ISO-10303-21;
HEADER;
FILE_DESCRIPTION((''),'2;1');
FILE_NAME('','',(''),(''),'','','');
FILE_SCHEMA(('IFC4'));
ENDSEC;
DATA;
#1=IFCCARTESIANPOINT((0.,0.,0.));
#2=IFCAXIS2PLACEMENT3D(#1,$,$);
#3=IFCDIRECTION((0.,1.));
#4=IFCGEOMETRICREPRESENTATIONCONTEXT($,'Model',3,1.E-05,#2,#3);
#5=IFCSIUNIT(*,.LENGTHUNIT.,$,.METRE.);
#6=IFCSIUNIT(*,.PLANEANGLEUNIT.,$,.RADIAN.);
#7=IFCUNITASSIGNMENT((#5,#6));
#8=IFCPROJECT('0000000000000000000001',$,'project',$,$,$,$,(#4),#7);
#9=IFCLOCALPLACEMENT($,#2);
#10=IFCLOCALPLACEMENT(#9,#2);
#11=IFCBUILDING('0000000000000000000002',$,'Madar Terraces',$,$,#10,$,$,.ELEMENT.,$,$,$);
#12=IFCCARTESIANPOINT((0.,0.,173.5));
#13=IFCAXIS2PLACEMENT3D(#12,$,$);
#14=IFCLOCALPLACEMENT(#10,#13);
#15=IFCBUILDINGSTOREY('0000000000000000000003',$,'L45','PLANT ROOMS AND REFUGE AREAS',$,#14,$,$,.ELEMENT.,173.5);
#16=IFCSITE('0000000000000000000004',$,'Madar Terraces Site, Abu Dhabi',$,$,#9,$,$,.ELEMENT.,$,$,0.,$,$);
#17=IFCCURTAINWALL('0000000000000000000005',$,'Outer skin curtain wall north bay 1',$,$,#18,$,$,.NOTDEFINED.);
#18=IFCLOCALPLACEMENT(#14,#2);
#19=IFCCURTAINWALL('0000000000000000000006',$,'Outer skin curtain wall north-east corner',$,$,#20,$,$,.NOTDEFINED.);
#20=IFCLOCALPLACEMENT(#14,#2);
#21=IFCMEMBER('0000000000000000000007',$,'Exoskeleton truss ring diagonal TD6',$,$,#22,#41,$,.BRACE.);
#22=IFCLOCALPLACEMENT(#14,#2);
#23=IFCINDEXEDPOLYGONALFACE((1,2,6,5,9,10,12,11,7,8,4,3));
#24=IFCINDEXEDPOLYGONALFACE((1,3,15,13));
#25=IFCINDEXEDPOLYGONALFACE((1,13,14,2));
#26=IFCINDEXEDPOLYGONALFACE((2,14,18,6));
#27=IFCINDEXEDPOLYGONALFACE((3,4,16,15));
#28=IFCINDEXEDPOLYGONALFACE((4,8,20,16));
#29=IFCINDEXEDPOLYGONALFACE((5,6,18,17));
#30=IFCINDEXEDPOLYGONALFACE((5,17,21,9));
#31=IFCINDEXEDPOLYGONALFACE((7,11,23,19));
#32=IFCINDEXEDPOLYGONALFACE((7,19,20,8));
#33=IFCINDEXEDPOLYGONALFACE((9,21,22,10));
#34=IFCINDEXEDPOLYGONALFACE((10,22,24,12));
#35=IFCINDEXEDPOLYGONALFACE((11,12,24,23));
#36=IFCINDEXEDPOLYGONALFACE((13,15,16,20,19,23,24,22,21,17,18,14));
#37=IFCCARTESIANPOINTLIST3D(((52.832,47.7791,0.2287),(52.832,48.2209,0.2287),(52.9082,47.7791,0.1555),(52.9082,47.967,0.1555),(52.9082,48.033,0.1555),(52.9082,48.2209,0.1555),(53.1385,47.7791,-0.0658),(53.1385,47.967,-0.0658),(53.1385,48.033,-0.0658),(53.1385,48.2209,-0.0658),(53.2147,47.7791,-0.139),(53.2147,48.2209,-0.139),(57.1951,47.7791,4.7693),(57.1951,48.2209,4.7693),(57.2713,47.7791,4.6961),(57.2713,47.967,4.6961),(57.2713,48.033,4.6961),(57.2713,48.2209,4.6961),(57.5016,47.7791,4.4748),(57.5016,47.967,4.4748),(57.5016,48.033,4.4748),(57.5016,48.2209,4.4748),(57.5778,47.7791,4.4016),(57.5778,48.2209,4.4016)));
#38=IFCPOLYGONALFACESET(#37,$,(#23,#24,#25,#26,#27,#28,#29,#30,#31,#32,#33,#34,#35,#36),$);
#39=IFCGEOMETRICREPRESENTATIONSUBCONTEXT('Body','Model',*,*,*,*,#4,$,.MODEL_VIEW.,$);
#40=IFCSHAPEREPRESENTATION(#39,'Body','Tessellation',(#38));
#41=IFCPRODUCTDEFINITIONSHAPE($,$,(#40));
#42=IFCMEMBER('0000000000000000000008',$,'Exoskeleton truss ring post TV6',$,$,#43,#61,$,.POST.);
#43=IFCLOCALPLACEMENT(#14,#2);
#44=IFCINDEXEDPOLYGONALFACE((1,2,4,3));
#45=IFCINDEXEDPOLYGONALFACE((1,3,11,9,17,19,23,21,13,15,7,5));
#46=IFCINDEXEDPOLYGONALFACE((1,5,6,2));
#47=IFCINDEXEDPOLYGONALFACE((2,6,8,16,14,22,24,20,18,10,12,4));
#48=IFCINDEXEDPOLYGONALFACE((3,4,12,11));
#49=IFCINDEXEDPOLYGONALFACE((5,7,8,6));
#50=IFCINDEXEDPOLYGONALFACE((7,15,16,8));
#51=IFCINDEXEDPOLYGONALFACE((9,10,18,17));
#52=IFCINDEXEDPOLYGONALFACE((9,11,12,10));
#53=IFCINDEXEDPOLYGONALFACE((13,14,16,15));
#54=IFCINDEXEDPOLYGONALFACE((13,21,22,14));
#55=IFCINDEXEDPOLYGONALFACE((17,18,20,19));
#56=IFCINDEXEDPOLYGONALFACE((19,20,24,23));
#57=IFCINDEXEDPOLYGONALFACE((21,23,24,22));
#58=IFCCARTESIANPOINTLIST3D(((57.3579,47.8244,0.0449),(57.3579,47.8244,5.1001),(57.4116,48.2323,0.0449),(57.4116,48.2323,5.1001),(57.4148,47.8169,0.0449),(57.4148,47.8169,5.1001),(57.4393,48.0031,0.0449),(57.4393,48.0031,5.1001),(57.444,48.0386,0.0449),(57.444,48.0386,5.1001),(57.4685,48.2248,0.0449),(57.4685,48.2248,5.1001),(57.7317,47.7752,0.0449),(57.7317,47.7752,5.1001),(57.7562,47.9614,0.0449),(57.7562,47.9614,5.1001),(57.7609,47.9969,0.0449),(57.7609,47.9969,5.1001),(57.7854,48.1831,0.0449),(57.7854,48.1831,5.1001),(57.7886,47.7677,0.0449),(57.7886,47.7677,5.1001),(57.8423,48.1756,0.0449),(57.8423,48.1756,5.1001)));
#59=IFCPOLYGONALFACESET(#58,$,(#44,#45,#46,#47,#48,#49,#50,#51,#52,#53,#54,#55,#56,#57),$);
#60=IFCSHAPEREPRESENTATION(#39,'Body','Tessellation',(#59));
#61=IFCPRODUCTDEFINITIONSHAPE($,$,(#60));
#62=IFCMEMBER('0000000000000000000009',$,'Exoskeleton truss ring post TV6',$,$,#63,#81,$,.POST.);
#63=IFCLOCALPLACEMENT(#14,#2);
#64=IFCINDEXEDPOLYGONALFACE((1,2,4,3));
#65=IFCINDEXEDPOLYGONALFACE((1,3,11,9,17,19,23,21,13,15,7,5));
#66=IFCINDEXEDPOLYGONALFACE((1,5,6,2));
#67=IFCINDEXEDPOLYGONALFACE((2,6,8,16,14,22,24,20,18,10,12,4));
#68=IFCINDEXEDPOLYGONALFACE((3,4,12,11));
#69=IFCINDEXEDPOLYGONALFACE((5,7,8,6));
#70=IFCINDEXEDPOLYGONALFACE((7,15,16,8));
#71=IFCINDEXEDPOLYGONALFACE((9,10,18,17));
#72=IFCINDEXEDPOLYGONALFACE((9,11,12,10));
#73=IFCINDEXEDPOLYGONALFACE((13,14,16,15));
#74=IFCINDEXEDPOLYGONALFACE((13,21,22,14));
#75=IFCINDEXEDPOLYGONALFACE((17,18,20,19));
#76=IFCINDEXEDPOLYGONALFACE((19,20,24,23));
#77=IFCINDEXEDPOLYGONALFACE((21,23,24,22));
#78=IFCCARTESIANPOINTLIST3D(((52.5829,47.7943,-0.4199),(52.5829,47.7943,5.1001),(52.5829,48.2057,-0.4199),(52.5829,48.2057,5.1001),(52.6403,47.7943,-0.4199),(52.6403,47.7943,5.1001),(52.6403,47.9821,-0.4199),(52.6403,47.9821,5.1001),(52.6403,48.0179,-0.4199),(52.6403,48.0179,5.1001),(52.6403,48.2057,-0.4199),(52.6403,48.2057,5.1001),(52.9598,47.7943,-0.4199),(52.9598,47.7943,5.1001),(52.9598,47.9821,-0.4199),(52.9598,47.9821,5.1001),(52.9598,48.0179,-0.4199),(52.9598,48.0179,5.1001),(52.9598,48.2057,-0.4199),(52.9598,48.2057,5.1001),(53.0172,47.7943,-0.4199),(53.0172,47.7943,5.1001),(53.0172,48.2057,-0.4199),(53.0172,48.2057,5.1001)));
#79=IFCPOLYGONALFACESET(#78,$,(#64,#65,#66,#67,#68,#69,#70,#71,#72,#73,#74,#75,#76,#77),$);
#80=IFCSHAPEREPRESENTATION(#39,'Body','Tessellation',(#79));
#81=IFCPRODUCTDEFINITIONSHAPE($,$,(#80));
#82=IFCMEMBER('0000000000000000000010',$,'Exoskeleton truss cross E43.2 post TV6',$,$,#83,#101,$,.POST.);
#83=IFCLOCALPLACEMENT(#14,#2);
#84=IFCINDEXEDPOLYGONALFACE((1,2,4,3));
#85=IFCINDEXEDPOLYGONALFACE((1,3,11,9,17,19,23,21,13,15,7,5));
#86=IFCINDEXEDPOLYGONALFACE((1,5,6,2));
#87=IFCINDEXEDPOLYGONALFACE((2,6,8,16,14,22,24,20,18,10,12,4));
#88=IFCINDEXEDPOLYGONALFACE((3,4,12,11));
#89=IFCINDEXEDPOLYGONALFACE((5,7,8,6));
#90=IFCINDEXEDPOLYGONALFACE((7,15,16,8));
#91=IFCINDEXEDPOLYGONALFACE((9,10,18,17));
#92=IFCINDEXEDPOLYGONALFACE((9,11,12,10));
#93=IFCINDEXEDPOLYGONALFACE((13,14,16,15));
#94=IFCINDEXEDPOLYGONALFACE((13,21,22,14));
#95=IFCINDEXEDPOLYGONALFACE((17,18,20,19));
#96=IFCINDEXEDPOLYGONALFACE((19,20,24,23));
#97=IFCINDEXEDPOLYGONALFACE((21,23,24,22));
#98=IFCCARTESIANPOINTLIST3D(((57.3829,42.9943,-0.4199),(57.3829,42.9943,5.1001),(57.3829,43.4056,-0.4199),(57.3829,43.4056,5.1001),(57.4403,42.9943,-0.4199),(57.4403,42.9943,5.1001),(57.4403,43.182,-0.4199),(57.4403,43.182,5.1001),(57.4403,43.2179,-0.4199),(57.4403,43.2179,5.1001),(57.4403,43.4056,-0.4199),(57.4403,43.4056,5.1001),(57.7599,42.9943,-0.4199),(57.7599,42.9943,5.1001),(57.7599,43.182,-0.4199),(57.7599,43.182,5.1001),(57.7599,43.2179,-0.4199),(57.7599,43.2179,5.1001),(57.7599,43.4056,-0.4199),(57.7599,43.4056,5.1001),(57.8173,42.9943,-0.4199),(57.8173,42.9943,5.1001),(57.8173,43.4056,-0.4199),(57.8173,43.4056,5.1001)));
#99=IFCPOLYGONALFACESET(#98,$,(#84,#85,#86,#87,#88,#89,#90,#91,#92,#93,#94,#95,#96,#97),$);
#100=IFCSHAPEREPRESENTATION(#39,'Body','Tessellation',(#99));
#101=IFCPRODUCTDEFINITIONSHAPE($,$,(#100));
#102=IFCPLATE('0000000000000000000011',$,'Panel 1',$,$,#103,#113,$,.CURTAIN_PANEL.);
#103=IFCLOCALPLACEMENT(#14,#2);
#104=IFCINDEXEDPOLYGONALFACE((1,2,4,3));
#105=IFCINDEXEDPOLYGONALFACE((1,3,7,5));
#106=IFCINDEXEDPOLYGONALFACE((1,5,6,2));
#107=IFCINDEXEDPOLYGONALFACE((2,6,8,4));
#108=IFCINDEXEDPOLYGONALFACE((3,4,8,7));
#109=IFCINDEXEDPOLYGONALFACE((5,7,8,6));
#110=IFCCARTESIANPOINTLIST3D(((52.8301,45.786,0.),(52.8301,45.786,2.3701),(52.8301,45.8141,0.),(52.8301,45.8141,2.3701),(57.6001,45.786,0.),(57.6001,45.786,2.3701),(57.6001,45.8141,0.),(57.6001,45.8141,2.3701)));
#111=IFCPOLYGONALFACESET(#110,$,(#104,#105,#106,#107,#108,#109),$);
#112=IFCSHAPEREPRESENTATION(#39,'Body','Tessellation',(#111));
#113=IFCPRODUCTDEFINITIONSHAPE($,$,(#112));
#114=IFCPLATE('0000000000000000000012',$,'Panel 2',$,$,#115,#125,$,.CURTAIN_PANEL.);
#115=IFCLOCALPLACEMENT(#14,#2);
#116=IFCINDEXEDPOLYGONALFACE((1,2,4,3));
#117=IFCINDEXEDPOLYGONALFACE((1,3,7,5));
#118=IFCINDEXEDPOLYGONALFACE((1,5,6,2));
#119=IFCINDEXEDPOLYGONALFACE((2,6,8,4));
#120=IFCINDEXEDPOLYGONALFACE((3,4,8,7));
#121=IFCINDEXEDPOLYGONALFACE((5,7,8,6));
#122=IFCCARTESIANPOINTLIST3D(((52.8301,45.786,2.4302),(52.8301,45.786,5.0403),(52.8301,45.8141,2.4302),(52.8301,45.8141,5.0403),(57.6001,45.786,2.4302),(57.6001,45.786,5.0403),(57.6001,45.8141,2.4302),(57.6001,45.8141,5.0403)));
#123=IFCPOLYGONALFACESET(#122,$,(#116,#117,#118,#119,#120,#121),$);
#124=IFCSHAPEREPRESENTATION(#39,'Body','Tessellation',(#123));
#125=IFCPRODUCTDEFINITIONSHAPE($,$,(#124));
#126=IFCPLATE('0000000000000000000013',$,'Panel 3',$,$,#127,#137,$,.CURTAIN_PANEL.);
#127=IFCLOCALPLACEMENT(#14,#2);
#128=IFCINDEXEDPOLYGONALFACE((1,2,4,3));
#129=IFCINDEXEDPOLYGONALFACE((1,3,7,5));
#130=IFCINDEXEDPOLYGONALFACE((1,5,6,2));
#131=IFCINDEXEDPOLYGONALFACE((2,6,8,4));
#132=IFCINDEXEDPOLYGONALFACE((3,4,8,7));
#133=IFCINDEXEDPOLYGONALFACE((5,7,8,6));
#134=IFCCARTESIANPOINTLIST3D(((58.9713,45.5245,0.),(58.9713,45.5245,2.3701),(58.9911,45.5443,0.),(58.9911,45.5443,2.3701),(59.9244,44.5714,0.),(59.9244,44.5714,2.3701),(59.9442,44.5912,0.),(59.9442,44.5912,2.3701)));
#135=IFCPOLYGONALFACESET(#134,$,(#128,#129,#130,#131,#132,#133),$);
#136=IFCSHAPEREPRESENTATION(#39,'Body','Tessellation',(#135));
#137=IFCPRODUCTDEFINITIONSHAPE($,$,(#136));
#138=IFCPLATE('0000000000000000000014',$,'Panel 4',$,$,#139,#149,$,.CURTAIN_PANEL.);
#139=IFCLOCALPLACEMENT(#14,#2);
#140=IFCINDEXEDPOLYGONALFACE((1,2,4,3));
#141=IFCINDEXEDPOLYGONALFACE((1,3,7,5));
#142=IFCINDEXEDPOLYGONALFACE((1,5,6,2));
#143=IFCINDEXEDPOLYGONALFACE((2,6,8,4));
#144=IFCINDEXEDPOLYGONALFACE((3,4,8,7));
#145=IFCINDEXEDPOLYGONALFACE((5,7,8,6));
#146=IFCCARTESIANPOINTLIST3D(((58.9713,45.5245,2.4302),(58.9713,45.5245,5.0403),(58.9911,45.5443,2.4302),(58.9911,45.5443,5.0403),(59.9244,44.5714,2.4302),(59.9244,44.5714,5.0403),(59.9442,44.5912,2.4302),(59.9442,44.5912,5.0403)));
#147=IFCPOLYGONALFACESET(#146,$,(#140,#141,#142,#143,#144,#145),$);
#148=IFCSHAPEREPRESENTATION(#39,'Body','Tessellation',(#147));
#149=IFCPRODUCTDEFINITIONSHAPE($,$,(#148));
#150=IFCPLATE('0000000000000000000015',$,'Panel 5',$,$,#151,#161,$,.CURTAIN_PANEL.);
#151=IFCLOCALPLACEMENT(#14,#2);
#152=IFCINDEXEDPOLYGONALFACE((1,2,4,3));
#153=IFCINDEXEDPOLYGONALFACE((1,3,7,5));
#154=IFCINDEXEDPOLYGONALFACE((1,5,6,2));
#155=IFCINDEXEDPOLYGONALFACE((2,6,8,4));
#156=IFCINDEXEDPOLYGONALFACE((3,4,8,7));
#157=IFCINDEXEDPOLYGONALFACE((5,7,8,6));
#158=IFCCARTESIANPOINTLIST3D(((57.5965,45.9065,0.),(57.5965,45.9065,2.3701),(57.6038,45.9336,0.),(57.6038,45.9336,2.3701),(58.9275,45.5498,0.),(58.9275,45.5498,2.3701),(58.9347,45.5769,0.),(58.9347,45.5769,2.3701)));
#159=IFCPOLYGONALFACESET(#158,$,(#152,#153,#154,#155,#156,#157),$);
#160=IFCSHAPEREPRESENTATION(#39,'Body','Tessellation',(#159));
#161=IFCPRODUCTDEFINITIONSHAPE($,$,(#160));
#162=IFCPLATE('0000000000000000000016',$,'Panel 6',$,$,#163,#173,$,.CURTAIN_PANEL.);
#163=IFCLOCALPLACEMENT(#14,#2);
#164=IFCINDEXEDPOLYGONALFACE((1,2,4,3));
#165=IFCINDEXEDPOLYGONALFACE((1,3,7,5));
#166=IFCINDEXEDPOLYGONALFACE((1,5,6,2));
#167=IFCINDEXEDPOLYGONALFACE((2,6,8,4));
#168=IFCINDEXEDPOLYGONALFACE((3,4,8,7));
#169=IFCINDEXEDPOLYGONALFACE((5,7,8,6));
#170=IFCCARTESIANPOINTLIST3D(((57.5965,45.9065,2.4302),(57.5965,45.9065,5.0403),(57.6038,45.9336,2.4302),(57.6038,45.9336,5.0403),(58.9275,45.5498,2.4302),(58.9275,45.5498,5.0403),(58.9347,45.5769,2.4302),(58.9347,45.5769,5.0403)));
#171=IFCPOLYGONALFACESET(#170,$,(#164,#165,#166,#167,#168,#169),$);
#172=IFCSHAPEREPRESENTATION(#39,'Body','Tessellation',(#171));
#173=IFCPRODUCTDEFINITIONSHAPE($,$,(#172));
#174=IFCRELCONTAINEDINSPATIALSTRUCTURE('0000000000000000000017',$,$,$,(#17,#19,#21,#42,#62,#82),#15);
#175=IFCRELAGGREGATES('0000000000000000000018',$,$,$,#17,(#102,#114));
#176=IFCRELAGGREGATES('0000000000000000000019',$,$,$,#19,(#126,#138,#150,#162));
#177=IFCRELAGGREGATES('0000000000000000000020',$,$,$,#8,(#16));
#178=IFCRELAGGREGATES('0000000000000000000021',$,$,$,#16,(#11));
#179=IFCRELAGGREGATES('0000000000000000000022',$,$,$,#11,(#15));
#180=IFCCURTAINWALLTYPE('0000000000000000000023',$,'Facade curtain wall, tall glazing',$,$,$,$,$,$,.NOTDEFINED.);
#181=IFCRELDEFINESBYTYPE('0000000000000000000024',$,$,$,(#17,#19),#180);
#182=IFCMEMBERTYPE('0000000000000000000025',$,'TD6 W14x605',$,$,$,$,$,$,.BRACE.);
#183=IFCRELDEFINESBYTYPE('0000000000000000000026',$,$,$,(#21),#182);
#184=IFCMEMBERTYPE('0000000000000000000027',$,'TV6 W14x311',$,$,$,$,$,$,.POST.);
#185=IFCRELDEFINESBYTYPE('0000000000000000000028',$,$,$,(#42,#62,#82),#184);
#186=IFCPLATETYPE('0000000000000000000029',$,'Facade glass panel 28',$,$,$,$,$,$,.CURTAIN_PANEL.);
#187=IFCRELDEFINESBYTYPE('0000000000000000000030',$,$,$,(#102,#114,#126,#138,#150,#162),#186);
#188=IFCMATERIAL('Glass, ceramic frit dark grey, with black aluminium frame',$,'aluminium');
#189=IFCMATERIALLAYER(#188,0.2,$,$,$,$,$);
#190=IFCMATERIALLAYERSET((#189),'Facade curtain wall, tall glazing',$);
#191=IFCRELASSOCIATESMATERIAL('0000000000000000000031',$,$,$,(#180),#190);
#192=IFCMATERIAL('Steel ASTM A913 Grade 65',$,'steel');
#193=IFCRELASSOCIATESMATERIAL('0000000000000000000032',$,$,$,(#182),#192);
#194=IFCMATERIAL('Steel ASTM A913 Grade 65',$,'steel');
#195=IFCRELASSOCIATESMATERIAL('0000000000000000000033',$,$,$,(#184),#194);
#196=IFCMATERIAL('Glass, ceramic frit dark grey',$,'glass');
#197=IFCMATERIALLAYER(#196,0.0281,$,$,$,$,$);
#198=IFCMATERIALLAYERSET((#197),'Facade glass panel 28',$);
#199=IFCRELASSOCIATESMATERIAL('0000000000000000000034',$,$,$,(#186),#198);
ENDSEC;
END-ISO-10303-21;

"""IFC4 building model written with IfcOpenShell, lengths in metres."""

from ifc_helpers import new_model, si_unit, direction, frame, origin, origin_2d, place, context, subcontext, project, spatial, rectangle, i_section, extrude, material, layer, layer_set, material_profile, profile_set, type_object, element, aggregate, save


model = new_model("IFC4")

# Units and contexts
model_context = context("Model", 3, precision=1e-05, world=origin(), true_north=direction((0.0, 1.0)))
body_context = subcontext(model_context, "Body", "Model", "MODEL_VIEW")
ifc_project = project(units=[si_unit("LENGTHUNIT", "METRE"), si_unit("PLANEANGLEUNIT", "RADIAN")], contexts=[model_context])

# Site, building, storey
site_placement = place(None, origin())
site = spatial("IfcSite", under=ifc_project, at=site_placement, Name="Madar Terraces Site, Abu Dhabi", CompositionType="ELEMENT", RefElevation=0.0)
building_placement = place(site_placement, origin())
building = spatial("IfcBuilding", under=site, at=building_placement, Name="Madar Terraces", CompositionType="ELEMENT")
storey_placement = place(building_placement, frame((0.0, 0.0, 173.5)))
storey = spatial("IfcBuildingStorey", under=building, at=storey_placement, Name="L45", Description="PLANT ROOMS AND REFUGE AREAS", CompositionType="ELEMENT", Elevation=173.5)

# Curtain walls
ifc_material_1 = material(Name="Glass, ceramic frit dark grey, with black aluminium frame", Category="aluminium")
ifc_layer_1 = layer(ifc_material_1, 0.2)
ifc_layer_set_1 = layer_set([ifc_layer_1], Name="Facade curtain wall, tall glazing")
curtain_wall_type = type_object("IfcCurtainWallType", Name="Facade curtain wall, tall glazing", PredefinedType="NOTDEFINED", material=ifc_layer_set_1)
curtain_wall_1_placement = place(storey_placement, origin())
curtain_wall_1 = element("IfcCurtainWall", 1, at=curtain_wall_1_placement, inside=storey, type_object=curtain_wall_type, Name="Outer skin curtain wall north bay 1", PredefinedType="NOTDEFINED")
curtain_wall_2_placement = place(storey_placement, origin())
curtain_wall_2 = element("IfcCurtainWall", 2, at=curtain_wall_2_placement, inside=storey, type_object=curtain_wall_type, Name="Outer skin curtain wall north-east corner", PredefinedType="NOTDEFINED")

# Members
ifc_material_2 = material(Name="Steel ASTM A913 Grade 65", Category="steel")
ifc_material_profile_1 = material_profile(ifc_material_2, i_section(OverallWidth=0.4419, OverallDepth=0.5308, WebThickness=0.0659, FlangeThickness=0.1057, at=origin_2d()), Name="W14x605")
ifc_profile_set_1 = profile_set([ifc_material_profile_1], Name="Steel ASTM A913 Grade 65")
member_type_1 = type_object("IfcMemberType", Name="TD6 W14x605", PredefinedType="BRACE", material=ifc_profile_set_1)
member_1_placement = place(storey_placement, frame((57.3865, 48.0, 4.5854), z_axis=(-0.692873, 0.0, -0.72106), x_axis=(0.0, -1.0, 0.0)))
element("IfcMember", 3, at=member_1_placement, inside=storey, type_object=member_type_1, Name="Exoskeleton truss ring diagonal TD6", PredefinedType="BRACE", context=body_context, shape_type="SweptSolid", body=[
    extrude(i_section(OverallWidth=0.4419, OverallDepth=0.5308, WebThickness=0.0659, FlangeThickness=0.1057, at=origin_2d()), origin(), (0.0, 0.0, 1.0), 6.2971),
])
ifc_material_3 = material(Name="Steel ASTM A913 Grade 65", Category="steel")
ifc_material_profile_2 = material_profile(ifc_material_3, i_section(OverallWidth=0.4114, OverallDepth=0.4343, WebThickness=0.0359, FlangeThickness=0.0574, at=origin_2d()), Name="W14x311")
ifc_profile_set_2 = profile_set([ifc_material_profile_2], Name="Steel ASTM A913 Grade 65")
member_type_2 = type_object("IfcMemberType", Name="TV6 W14x311", PredefinedType="POST", material=ifc_profile_set_2)
member_2_placement = place(storey_placement, frame((57.6001, 48.0, 0.0449), z_axis=(0.0, 0.0, 1.0), x_axis=(-0.130526, -0.991445, 0.0)))
element("IfcMember", 4, at=member_2_placement, inside=storey, type_object=member_type_2, Name="Exoskeleton truss ring post TV6", PredefinedType="POST", context=body_context, shape_type="SweptSolid", body=[
    extrude(i_section(OverallWidth=0.4114, OverallDepth=0.4343, WebThickness=0.0359, FlangeThickness=0.0574, at=origin_2d()), origin(), (0.0, 0.0, 1.0), 5.0552),
])
for number, where, z_axis, x_axis, name in (
    (5, (52.8, 48.0, -0.4199), (0.0, 0.0, 1.0), (0.0, -1.0, 0.0), "Exoskeleton truss ring post TV6"),
    (6, (57.6001, 43.2, -0.4199), (0.0, 0.0, 1.0), (0.0, 1.0, 0.0), "Exoskeleton truss cross E43.2 post TV6"),
):
    element("IfcMember", number, at=place(storey_placement, frame(where, z_axis=z_axis, x_axis=x_axis)), inside=storey, type_object=member_type_2, Name=name, PredefinedType="POST", context=body_context, shape_type="SweptSolid", body=[
        extrude(i_section(OverallWidth=0.4114, OverallDepth=0.4343, WebThickness=0.0359, FlangeThickness=0.0574, at=origin_2d()), origin(), (0.0, 0.0, 1.0), 5.52),
    ])

# Plates
ifc_material_4 = material(Name="Glass, ceramic frit dark grey", Category="glass")
ifc_layer_2 = layer(ifc_material_4, 0.0281)
ifc_layer_set_2 = layer_set([ifc_layer_2], Name="Facade glass panel 28")
plate_type = type_object("IfcPlateType", Name="Facade glass panel 28", PredefinedType="CURTAIN_PANEL", material=ifc_layer_set_2)
plate_1_placement = place(storey_placement, frame((55.2151, 45.8, 0.0), z_axis=(0.0, 0.0, 1.0), x_axis=(-1.0, 0.0, 0.0)))
plate_1 = element("IfcPlate", 7, at=plate_1_placement, type_object=plate_type, Name="Panel 1", PredefinedType="CURTAIN_PANEL", context=body_context, shape_type="SweptSolid", body=[
    extrude(rectangle(XDim=4.77, YDim=0.0281, at=origin_2d()), origin(), (0.0, 0.0, 1.0), 2.3701),
])
plate_2_placement = place(storey_placement, frame((55.2151, 45.8, 2.4302), z_axis=(0.0, 0.0, 1.0), x_axis=(-1.0, 0.0, 0.0)))
plate_2 = element("IfcPlate", 8, at=plate_2_placement, type_object=plate_type, Name="Panel 2", PredefinedType="CURTAIN_PANEL", context=body_context, shape_type="SweptSolid", body=[
    extrude(rectangle(XDim=4.77, YDim=0.0281, at=origin_2d()), origin(), (0.0, 0.0, 1.0), 2.6101),
])
aggregate(curtain_wall_1, [plate_1, plate_2])
plate_3_placement = place(storey_placement, frame((59.4578, 45.0579, 0.0), z_axis=(0.0, 0.0, 1.0), x_axis=(-0.707107, 0.707107, 0.0)))
plate_3 = element("IfcPlate", 9, at=plate_3_placement, type_object=plate_type, Name="Panel 3", PredefinedType="CURTAIN_PANEL", context=body_context, shape_type="SweptSolid", body=[
    extrude(rectangle(XDim=1.3479, YDim=0.0281, at=origin_2d()), origin(), (0.0, 0.0, 1.0), 2.3701),
])
plate_4_placement = place(storey_placement, frame((59.4578, 45.0579, 2.4302), z_axis=(0.0, 0.0, 1.0), x_axis=(-0.707107, 0.707107, 0.0)))
plate_4 = element("IfcPlate", 10, at=plate_4_placement, type_object=plate_type, Name="Panel 4", PredefinedType="CURTAIN_PANEL", context=body_context, shape_type="SweptSolid", body=[
    extrude(rectangle(XDim=1.3479, YDim=0.0281, at=origin_2d()), origin(), (0.0, 0.0, 1.0), 2.6101),
])
plate_5_placement = place(storey_placement, frame((58.2656, 45.7417, 0.0), z_axis=(0.0, 0.0, 1.0), x_axis=(-0.965926, 0.258819, 0.0)))
plate_5 = element("IfcPlate", 11, at=plate_5_placement, type_object=plate_type, Name="Panel 5", PredefinedType="CURTAIN_PANEL", context=body_context, shape_type="SweptSolid", body=[
    extrude(rectangle(XDim=1.3779, YDim=0.0281, at=origin_2d()), origin(), (0.0, 0.0, 1.0), 2.3701),
])
plate_6_placement = place(storey_placement, frame((58.2656, 45.7417, 2.4302), z_axis=(0.0, 0.0, 1.0), x_axis=(-0.965926, 0.258819, 0.0)))
plate_6 = element("IfcPlate", 12, at=plate_6_placement, type_object=plate_type, Name="Panel 6", PredefinedType="CURTAIN_PANEL", context=body_context, shape_type="SweptSolid", body=[
    extrude(rectangle(XDim=1.3779, YDim=0.0281, at=origin_2d()), origin(), (0.0, 0.0, 1.0), 2.6101),
])
aggregate(curtain_wall_2, [plate_3, plate_4, plate_5, plate_6])

save(model, "model.ifc")
